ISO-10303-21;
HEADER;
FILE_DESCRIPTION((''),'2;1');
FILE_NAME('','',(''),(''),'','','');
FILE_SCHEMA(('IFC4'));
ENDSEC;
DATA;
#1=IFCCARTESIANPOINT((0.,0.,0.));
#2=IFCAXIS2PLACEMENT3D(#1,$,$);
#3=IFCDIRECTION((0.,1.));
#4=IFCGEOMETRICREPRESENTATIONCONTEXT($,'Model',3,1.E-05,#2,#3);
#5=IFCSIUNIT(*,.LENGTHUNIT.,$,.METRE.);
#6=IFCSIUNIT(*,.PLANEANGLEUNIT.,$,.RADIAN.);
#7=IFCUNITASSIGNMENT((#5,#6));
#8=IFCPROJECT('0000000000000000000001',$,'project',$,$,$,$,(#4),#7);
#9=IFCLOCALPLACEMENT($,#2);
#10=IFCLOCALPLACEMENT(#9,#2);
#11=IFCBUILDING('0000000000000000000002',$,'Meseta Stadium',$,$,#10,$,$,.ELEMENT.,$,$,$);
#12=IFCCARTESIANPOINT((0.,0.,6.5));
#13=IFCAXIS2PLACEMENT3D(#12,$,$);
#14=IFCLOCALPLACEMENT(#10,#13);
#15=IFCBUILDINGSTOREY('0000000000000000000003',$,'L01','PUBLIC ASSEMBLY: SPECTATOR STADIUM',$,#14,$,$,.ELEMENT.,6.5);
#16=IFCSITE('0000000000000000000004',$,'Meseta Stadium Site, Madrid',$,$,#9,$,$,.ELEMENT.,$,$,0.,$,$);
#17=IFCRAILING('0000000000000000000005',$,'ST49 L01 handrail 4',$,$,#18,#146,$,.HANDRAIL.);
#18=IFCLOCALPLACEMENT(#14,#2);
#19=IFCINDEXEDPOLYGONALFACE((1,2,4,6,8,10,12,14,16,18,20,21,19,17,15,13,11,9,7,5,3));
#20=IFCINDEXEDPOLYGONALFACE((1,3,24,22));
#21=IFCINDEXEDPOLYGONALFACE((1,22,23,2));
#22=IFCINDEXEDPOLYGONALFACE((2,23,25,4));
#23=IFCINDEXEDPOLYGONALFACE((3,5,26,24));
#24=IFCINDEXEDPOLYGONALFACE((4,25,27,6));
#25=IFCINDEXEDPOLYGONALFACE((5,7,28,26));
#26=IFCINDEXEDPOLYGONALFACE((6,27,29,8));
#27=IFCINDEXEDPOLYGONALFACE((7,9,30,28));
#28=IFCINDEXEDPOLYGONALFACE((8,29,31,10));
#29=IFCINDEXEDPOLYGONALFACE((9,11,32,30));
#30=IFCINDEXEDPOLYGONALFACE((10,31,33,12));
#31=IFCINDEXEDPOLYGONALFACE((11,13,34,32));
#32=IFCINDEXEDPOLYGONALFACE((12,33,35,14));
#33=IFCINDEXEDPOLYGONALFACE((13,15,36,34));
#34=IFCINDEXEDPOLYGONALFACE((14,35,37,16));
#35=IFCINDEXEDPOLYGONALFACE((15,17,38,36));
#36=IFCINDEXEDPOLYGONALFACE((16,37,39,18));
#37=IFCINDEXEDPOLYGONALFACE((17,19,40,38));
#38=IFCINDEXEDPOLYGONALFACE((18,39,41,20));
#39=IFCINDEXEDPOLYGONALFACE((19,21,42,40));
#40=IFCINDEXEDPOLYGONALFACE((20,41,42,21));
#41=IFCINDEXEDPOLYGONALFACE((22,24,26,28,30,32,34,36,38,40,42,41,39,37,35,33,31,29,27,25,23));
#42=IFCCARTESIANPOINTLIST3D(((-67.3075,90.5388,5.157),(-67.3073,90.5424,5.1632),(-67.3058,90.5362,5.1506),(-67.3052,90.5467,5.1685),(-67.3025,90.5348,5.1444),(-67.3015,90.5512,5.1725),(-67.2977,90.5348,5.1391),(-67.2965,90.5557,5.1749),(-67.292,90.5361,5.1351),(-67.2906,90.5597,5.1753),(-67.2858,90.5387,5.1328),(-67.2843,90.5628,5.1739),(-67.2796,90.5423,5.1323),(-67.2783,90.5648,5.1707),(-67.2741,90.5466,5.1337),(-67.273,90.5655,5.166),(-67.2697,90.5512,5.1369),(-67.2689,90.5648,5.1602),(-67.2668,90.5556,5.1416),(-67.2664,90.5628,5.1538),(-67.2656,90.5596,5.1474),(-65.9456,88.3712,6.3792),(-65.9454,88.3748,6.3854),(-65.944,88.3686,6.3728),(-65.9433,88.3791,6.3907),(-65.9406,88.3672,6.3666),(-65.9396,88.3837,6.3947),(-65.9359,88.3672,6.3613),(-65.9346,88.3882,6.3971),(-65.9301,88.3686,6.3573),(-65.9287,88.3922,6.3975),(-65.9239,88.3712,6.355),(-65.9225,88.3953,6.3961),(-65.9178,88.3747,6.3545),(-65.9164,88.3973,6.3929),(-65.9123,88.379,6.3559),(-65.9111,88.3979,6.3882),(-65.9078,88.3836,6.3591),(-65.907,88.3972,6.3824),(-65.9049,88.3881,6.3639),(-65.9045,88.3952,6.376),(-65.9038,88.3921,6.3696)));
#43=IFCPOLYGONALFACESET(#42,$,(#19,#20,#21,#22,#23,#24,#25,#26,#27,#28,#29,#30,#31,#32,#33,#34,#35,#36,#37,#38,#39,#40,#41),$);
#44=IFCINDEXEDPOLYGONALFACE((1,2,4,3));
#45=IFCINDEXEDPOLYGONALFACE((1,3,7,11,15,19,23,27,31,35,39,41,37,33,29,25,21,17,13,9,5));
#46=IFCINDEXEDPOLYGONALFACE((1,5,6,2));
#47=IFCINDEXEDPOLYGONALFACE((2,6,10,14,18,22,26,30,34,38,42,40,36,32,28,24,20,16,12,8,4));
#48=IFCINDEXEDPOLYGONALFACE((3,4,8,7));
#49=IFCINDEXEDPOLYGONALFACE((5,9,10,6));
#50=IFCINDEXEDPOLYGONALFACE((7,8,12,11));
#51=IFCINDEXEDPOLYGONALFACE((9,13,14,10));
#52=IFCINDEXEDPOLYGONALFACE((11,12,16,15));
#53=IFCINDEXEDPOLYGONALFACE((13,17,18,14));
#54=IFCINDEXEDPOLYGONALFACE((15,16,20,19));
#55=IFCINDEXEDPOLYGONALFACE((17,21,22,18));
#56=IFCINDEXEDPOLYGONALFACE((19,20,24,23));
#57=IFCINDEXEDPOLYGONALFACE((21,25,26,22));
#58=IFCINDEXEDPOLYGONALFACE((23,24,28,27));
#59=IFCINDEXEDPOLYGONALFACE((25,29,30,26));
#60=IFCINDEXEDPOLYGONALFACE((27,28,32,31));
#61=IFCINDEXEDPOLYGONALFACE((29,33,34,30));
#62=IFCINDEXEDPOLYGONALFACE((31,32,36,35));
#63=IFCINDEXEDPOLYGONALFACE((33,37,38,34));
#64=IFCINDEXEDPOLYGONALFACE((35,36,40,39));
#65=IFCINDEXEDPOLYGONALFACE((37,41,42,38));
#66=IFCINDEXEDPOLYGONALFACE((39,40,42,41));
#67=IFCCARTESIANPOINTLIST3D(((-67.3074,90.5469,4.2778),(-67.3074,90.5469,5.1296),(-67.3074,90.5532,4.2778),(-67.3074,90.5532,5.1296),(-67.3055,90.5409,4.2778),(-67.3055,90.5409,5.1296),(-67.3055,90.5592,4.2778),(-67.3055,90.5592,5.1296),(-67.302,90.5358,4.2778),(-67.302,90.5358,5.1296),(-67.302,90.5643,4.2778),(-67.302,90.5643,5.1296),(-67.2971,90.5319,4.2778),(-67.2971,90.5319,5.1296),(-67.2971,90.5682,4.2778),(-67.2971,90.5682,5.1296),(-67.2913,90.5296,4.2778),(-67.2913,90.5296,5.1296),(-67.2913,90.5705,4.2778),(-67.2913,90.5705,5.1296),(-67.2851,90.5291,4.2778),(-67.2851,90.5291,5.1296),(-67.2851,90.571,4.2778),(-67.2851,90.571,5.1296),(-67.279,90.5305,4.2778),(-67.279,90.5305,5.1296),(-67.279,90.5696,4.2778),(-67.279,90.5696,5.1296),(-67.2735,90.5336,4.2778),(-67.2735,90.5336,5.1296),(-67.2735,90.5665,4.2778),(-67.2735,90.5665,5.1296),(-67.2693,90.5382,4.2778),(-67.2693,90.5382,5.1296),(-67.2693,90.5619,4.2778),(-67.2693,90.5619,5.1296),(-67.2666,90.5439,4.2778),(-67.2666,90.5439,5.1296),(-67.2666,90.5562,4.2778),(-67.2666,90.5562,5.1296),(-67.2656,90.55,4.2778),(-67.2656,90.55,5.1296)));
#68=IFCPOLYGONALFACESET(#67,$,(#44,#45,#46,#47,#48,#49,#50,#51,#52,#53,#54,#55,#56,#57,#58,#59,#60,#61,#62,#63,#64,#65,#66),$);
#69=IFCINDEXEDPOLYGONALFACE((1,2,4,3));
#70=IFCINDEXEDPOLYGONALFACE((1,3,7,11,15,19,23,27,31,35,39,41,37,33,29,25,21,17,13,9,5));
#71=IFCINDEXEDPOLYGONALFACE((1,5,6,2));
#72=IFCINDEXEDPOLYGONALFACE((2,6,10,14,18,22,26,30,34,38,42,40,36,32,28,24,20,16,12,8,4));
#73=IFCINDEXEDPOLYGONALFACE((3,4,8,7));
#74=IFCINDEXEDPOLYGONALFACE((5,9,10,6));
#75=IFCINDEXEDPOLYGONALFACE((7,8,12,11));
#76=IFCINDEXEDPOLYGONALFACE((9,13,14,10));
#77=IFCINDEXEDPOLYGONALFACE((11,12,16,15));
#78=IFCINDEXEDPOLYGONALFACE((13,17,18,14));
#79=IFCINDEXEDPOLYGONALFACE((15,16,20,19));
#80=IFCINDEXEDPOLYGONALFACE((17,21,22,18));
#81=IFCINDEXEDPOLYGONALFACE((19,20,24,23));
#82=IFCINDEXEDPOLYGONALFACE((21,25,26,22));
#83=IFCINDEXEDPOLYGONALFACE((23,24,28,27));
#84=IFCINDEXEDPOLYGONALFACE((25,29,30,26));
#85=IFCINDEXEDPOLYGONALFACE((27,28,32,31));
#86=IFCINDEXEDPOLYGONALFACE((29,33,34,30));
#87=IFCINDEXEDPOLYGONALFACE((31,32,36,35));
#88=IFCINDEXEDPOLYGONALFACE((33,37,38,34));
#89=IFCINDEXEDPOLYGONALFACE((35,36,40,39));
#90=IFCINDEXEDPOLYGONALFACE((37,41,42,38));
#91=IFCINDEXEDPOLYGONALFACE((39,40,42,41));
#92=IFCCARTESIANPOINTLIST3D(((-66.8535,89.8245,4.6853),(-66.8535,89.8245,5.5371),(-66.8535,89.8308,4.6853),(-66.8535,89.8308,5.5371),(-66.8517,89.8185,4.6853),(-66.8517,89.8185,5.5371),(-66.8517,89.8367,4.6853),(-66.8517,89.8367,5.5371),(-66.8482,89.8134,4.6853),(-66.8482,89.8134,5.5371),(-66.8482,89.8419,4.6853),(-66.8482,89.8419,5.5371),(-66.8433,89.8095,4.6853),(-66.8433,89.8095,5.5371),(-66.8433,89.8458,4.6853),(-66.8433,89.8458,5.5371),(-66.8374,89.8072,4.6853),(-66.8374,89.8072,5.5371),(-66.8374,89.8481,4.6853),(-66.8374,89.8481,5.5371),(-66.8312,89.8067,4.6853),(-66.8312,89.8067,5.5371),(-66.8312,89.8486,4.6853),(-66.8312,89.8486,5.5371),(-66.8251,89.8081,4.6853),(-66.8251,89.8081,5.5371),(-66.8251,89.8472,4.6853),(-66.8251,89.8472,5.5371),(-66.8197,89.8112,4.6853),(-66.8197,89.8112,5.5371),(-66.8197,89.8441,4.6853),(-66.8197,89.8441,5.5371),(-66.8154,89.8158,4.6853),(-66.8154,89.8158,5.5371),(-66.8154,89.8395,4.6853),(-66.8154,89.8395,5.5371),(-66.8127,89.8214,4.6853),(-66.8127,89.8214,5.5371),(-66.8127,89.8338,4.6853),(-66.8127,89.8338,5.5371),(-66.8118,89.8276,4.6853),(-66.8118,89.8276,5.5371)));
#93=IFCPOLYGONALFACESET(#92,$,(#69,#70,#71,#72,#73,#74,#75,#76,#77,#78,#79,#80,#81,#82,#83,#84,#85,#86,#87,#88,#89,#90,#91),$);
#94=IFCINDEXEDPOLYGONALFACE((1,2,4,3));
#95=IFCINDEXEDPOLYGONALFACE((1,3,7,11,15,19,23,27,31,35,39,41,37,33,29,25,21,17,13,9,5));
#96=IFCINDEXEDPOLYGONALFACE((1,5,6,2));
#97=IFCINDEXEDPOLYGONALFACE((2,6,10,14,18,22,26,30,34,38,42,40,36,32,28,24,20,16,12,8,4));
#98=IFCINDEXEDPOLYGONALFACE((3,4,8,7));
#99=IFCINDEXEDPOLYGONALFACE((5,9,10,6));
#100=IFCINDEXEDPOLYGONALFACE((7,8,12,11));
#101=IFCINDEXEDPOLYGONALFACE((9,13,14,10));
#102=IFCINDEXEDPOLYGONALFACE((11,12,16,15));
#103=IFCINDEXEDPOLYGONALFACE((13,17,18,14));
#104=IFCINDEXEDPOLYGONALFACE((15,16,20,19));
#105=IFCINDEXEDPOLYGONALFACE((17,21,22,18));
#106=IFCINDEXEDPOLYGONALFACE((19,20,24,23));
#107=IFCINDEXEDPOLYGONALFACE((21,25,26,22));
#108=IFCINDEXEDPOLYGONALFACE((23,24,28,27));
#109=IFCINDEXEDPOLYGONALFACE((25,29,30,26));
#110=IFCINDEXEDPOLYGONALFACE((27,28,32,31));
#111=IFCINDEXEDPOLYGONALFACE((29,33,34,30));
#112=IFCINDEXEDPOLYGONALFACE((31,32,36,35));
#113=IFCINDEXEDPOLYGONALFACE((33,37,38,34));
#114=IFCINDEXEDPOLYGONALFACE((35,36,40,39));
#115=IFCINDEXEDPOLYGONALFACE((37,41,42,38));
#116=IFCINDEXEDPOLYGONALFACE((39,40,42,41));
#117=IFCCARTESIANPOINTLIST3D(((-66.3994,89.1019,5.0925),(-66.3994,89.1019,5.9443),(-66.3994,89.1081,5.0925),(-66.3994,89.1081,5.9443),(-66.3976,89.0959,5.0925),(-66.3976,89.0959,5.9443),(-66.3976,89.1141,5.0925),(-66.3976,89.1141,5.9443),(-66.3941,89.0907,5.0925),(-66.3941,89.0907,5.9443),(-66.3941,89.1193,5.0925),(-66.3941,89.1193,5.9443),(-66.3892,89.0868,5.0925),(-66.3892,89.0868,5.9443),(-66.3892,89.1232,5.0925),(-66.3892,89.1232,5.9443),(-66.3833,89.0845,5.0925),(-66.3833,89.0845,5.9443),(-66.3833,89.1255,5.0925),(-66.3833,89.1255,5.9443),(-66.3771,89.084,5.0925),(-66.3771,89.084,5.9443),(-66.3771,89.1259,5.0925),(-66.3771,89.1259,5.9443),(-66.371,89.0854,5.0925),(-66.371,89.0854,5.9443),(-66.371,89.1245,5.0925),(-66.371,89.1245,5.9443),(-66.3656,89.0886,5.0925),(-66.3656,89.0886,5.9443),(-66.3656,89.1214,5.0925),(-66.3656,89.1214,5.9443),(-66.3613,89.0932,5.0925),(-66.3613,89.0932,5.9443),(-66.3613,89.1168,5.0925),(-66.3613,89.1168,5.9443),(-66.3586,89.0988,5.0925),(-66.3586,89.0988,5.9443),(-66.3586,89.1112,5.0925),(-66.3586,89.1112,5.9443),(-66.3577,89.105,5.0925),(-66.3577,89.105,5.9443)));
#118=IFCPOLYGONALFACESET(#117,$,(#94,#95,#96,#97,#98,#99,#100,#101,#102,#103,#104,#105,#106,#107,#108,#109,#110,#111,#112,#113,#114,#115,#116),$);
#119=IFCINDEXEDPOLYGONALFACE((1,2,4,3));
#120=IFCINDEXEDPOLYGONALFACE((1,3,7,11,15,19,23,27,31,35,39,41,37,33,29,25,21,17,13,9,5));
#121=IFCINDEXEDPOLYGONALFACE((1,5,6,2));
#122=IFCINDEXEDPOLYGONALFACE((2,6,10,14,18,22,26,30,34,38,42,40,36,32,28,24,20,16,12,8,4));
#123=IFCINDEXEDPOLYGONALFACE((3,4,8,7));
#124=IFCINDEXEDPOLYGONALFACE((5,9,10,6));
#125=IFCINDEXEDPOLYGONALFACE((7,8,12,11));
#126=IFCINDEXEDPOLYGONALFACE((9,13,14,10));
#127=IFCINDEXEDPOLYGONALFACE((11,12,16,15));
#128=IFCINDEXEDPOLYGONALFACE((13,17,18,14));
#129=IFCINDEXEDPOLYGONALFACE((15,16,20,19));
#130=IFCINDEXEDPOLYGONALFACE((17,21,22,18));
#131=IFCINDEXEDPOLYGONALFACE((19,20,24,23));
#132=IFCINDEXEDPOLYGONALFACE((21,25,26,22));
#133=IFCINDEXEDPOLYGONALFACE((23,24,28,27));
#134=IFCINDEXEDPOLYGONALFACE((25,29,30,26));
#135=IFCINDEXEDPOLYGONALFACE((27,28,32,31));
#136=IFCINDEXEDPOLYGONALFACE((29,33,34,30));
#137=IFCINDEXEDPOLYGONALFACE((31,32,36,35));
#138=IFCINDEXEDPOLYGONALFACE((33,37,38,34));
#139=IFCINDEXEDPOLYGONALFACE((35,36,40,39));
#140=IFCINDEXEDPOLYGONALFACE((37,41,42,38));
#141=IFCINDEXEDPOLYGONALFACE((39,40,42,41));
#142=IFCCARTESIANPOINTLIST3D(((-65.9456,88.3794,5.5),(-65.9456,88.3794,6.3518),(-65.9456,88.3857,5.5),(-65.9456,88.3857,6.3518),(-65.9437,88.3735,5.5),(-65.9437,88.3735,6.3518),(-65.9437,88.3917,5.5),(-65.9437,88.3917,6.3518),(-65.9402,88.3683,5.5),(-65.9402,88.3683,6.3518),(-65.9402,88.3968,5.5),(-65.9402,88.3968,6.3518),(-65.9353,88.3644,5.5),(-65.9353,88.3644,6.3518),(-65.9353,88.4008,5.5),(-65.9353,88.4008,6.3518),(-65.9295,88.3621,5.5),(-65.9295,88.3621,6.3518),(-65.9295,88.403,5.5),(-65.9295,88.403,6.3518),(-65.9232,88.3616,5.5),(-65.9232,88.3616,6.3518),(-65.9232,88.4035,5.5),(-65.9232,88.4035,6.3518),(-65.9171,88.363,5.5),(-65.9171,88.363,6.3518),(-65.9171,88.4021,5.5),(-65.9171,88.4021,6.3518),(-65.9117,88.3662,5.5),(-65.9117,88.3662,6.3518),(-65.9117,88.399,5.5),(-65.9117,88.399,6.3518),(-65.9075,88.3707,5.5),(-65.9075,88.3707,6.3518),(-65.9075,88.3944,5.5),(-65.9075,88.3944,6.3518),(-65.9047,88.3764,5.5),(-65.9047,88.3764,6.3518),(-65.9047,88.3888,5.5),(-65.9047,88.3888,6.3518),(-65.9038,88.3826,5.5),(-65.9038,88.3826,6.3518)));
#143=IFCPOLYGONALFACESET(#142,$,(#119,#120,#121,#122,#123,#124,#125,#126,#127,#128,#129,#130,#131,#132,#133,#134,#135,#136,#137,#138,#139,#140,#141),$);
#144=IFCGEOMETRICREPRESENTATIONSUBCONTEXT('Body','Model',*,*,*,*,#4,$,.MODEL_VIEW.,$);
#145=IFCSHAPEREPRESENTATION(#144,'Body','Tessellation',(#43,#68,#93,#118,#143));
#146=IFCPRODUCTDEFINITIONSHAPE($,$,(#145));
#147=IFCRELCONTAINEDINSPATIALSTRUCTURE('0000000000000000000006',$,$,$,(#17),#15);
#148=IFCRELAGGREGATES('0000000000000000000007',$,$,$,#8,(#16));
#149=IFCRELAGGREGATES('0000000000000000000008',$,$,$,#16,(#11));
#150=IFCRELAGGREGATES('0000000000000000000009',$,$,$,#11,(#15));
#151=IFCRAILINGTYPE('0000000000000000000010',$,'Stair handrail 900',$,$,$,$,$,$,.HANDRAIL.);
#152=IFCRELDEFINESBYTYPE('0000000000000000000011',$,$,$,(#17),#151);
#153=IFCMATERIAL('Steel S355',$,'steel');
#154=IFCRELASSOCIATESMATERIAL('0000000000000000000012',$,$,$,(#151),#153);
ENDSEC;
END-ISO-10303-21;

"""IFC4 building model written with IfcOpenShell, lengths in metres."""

from ifc_helpers import new_model, si_unit, direction, frame, origin, origin_2d, place, context, subcontext, project, spatial, circle, extrude, material, type_object, element, save


model = new_model("IFC4")

# Units and contexts
model_context = context("Model", 3, precision=1e-05, world=origin(), true_north=direction((0.0, 1.0)))
body_context = subcontext(model_context, "Body", "Model", "MODEL_VIEW")
ifc_project = project(units=[si_unit("LENGTHUNIT", "METRE"), si_unit("PLANEANGLEUNIT", "RADIAN")], contexts=[model_context])

# Site, building, storey
site_placement = place(None, origin())
site = spatial("IfcSite", under=ifc_project, at=site_placement, Name="Meseta Stadium Site, Madrid", CompositionType="ELEMENT", RefElevation=0.0)
building_placement = place(site_placement, origin())
building = spatial("IfcBuilding", under=site, at=building_placement, Name="Meseta Stadium", CompositionType="ELEMENT")
storey_placement = place(building_placement, frame((0.0, 0.0, 6.5)))
storey = spatial("IfcBuildingStorey", under=building, at=storey_placement, Name="L01", Description="PUBLIC ASSEMBLY: SPECTATOR STADIUM", CompositionType="ELEMENT", Elevation=6.5)

# Railing
ifc_material_1 = material(Name="Steel S355", Category="steel")
railing_type_1 = type_object("IfcRailingType", Name="Stair handrail 900", PredefinedType="HANDRAIL", material=ifc_material_1)
railing_1_placement = place(storey_placement, frame((-67.2866, 90.55, 4.2778)))
element("IfcRailing", 1, at=railing_1_placement, inside=storey, type_object=railing_type_1, Name="ST49 L01 handrail 4", PredefinedType="HANDRAIL", context=body_context, shape_type="SweptSolid", body=[
    extrude(circle(Radius=0.0239, at=origin_2d()), frame((0.0, 0.0, 0.876), z_axis=(0.48009, -0.764116, 0.430859), x_axis=(0.846742, 0.532004, 0.0)), (0.0, 0.0, 1.0), 2.8367),
    extrude(circle(Radius=0.021, at=origin_2d()), origin(), (0.0, 0.0, 1.0), 0.8518),
    extrude(circle(Radius=0.021, at=origin_2d()), frame((0.4539, -0.7224, 0.4075)), (0.0, 0.0, 1.0), 0.8518),
    extrude(circle(Radius=0.021, at=origin_2d()), frame((0.908, -1.4451, 0.8147)), (0.0, 0.0, 1.0), 0.8518),
    extrude(circle(Radius=0.021, at=origin_2d()), frame((1.3618, -2.1675, 1.2222)), (0.0, 0.0, 1.0), 0.8518),
])

save(model, "model.ifc")
